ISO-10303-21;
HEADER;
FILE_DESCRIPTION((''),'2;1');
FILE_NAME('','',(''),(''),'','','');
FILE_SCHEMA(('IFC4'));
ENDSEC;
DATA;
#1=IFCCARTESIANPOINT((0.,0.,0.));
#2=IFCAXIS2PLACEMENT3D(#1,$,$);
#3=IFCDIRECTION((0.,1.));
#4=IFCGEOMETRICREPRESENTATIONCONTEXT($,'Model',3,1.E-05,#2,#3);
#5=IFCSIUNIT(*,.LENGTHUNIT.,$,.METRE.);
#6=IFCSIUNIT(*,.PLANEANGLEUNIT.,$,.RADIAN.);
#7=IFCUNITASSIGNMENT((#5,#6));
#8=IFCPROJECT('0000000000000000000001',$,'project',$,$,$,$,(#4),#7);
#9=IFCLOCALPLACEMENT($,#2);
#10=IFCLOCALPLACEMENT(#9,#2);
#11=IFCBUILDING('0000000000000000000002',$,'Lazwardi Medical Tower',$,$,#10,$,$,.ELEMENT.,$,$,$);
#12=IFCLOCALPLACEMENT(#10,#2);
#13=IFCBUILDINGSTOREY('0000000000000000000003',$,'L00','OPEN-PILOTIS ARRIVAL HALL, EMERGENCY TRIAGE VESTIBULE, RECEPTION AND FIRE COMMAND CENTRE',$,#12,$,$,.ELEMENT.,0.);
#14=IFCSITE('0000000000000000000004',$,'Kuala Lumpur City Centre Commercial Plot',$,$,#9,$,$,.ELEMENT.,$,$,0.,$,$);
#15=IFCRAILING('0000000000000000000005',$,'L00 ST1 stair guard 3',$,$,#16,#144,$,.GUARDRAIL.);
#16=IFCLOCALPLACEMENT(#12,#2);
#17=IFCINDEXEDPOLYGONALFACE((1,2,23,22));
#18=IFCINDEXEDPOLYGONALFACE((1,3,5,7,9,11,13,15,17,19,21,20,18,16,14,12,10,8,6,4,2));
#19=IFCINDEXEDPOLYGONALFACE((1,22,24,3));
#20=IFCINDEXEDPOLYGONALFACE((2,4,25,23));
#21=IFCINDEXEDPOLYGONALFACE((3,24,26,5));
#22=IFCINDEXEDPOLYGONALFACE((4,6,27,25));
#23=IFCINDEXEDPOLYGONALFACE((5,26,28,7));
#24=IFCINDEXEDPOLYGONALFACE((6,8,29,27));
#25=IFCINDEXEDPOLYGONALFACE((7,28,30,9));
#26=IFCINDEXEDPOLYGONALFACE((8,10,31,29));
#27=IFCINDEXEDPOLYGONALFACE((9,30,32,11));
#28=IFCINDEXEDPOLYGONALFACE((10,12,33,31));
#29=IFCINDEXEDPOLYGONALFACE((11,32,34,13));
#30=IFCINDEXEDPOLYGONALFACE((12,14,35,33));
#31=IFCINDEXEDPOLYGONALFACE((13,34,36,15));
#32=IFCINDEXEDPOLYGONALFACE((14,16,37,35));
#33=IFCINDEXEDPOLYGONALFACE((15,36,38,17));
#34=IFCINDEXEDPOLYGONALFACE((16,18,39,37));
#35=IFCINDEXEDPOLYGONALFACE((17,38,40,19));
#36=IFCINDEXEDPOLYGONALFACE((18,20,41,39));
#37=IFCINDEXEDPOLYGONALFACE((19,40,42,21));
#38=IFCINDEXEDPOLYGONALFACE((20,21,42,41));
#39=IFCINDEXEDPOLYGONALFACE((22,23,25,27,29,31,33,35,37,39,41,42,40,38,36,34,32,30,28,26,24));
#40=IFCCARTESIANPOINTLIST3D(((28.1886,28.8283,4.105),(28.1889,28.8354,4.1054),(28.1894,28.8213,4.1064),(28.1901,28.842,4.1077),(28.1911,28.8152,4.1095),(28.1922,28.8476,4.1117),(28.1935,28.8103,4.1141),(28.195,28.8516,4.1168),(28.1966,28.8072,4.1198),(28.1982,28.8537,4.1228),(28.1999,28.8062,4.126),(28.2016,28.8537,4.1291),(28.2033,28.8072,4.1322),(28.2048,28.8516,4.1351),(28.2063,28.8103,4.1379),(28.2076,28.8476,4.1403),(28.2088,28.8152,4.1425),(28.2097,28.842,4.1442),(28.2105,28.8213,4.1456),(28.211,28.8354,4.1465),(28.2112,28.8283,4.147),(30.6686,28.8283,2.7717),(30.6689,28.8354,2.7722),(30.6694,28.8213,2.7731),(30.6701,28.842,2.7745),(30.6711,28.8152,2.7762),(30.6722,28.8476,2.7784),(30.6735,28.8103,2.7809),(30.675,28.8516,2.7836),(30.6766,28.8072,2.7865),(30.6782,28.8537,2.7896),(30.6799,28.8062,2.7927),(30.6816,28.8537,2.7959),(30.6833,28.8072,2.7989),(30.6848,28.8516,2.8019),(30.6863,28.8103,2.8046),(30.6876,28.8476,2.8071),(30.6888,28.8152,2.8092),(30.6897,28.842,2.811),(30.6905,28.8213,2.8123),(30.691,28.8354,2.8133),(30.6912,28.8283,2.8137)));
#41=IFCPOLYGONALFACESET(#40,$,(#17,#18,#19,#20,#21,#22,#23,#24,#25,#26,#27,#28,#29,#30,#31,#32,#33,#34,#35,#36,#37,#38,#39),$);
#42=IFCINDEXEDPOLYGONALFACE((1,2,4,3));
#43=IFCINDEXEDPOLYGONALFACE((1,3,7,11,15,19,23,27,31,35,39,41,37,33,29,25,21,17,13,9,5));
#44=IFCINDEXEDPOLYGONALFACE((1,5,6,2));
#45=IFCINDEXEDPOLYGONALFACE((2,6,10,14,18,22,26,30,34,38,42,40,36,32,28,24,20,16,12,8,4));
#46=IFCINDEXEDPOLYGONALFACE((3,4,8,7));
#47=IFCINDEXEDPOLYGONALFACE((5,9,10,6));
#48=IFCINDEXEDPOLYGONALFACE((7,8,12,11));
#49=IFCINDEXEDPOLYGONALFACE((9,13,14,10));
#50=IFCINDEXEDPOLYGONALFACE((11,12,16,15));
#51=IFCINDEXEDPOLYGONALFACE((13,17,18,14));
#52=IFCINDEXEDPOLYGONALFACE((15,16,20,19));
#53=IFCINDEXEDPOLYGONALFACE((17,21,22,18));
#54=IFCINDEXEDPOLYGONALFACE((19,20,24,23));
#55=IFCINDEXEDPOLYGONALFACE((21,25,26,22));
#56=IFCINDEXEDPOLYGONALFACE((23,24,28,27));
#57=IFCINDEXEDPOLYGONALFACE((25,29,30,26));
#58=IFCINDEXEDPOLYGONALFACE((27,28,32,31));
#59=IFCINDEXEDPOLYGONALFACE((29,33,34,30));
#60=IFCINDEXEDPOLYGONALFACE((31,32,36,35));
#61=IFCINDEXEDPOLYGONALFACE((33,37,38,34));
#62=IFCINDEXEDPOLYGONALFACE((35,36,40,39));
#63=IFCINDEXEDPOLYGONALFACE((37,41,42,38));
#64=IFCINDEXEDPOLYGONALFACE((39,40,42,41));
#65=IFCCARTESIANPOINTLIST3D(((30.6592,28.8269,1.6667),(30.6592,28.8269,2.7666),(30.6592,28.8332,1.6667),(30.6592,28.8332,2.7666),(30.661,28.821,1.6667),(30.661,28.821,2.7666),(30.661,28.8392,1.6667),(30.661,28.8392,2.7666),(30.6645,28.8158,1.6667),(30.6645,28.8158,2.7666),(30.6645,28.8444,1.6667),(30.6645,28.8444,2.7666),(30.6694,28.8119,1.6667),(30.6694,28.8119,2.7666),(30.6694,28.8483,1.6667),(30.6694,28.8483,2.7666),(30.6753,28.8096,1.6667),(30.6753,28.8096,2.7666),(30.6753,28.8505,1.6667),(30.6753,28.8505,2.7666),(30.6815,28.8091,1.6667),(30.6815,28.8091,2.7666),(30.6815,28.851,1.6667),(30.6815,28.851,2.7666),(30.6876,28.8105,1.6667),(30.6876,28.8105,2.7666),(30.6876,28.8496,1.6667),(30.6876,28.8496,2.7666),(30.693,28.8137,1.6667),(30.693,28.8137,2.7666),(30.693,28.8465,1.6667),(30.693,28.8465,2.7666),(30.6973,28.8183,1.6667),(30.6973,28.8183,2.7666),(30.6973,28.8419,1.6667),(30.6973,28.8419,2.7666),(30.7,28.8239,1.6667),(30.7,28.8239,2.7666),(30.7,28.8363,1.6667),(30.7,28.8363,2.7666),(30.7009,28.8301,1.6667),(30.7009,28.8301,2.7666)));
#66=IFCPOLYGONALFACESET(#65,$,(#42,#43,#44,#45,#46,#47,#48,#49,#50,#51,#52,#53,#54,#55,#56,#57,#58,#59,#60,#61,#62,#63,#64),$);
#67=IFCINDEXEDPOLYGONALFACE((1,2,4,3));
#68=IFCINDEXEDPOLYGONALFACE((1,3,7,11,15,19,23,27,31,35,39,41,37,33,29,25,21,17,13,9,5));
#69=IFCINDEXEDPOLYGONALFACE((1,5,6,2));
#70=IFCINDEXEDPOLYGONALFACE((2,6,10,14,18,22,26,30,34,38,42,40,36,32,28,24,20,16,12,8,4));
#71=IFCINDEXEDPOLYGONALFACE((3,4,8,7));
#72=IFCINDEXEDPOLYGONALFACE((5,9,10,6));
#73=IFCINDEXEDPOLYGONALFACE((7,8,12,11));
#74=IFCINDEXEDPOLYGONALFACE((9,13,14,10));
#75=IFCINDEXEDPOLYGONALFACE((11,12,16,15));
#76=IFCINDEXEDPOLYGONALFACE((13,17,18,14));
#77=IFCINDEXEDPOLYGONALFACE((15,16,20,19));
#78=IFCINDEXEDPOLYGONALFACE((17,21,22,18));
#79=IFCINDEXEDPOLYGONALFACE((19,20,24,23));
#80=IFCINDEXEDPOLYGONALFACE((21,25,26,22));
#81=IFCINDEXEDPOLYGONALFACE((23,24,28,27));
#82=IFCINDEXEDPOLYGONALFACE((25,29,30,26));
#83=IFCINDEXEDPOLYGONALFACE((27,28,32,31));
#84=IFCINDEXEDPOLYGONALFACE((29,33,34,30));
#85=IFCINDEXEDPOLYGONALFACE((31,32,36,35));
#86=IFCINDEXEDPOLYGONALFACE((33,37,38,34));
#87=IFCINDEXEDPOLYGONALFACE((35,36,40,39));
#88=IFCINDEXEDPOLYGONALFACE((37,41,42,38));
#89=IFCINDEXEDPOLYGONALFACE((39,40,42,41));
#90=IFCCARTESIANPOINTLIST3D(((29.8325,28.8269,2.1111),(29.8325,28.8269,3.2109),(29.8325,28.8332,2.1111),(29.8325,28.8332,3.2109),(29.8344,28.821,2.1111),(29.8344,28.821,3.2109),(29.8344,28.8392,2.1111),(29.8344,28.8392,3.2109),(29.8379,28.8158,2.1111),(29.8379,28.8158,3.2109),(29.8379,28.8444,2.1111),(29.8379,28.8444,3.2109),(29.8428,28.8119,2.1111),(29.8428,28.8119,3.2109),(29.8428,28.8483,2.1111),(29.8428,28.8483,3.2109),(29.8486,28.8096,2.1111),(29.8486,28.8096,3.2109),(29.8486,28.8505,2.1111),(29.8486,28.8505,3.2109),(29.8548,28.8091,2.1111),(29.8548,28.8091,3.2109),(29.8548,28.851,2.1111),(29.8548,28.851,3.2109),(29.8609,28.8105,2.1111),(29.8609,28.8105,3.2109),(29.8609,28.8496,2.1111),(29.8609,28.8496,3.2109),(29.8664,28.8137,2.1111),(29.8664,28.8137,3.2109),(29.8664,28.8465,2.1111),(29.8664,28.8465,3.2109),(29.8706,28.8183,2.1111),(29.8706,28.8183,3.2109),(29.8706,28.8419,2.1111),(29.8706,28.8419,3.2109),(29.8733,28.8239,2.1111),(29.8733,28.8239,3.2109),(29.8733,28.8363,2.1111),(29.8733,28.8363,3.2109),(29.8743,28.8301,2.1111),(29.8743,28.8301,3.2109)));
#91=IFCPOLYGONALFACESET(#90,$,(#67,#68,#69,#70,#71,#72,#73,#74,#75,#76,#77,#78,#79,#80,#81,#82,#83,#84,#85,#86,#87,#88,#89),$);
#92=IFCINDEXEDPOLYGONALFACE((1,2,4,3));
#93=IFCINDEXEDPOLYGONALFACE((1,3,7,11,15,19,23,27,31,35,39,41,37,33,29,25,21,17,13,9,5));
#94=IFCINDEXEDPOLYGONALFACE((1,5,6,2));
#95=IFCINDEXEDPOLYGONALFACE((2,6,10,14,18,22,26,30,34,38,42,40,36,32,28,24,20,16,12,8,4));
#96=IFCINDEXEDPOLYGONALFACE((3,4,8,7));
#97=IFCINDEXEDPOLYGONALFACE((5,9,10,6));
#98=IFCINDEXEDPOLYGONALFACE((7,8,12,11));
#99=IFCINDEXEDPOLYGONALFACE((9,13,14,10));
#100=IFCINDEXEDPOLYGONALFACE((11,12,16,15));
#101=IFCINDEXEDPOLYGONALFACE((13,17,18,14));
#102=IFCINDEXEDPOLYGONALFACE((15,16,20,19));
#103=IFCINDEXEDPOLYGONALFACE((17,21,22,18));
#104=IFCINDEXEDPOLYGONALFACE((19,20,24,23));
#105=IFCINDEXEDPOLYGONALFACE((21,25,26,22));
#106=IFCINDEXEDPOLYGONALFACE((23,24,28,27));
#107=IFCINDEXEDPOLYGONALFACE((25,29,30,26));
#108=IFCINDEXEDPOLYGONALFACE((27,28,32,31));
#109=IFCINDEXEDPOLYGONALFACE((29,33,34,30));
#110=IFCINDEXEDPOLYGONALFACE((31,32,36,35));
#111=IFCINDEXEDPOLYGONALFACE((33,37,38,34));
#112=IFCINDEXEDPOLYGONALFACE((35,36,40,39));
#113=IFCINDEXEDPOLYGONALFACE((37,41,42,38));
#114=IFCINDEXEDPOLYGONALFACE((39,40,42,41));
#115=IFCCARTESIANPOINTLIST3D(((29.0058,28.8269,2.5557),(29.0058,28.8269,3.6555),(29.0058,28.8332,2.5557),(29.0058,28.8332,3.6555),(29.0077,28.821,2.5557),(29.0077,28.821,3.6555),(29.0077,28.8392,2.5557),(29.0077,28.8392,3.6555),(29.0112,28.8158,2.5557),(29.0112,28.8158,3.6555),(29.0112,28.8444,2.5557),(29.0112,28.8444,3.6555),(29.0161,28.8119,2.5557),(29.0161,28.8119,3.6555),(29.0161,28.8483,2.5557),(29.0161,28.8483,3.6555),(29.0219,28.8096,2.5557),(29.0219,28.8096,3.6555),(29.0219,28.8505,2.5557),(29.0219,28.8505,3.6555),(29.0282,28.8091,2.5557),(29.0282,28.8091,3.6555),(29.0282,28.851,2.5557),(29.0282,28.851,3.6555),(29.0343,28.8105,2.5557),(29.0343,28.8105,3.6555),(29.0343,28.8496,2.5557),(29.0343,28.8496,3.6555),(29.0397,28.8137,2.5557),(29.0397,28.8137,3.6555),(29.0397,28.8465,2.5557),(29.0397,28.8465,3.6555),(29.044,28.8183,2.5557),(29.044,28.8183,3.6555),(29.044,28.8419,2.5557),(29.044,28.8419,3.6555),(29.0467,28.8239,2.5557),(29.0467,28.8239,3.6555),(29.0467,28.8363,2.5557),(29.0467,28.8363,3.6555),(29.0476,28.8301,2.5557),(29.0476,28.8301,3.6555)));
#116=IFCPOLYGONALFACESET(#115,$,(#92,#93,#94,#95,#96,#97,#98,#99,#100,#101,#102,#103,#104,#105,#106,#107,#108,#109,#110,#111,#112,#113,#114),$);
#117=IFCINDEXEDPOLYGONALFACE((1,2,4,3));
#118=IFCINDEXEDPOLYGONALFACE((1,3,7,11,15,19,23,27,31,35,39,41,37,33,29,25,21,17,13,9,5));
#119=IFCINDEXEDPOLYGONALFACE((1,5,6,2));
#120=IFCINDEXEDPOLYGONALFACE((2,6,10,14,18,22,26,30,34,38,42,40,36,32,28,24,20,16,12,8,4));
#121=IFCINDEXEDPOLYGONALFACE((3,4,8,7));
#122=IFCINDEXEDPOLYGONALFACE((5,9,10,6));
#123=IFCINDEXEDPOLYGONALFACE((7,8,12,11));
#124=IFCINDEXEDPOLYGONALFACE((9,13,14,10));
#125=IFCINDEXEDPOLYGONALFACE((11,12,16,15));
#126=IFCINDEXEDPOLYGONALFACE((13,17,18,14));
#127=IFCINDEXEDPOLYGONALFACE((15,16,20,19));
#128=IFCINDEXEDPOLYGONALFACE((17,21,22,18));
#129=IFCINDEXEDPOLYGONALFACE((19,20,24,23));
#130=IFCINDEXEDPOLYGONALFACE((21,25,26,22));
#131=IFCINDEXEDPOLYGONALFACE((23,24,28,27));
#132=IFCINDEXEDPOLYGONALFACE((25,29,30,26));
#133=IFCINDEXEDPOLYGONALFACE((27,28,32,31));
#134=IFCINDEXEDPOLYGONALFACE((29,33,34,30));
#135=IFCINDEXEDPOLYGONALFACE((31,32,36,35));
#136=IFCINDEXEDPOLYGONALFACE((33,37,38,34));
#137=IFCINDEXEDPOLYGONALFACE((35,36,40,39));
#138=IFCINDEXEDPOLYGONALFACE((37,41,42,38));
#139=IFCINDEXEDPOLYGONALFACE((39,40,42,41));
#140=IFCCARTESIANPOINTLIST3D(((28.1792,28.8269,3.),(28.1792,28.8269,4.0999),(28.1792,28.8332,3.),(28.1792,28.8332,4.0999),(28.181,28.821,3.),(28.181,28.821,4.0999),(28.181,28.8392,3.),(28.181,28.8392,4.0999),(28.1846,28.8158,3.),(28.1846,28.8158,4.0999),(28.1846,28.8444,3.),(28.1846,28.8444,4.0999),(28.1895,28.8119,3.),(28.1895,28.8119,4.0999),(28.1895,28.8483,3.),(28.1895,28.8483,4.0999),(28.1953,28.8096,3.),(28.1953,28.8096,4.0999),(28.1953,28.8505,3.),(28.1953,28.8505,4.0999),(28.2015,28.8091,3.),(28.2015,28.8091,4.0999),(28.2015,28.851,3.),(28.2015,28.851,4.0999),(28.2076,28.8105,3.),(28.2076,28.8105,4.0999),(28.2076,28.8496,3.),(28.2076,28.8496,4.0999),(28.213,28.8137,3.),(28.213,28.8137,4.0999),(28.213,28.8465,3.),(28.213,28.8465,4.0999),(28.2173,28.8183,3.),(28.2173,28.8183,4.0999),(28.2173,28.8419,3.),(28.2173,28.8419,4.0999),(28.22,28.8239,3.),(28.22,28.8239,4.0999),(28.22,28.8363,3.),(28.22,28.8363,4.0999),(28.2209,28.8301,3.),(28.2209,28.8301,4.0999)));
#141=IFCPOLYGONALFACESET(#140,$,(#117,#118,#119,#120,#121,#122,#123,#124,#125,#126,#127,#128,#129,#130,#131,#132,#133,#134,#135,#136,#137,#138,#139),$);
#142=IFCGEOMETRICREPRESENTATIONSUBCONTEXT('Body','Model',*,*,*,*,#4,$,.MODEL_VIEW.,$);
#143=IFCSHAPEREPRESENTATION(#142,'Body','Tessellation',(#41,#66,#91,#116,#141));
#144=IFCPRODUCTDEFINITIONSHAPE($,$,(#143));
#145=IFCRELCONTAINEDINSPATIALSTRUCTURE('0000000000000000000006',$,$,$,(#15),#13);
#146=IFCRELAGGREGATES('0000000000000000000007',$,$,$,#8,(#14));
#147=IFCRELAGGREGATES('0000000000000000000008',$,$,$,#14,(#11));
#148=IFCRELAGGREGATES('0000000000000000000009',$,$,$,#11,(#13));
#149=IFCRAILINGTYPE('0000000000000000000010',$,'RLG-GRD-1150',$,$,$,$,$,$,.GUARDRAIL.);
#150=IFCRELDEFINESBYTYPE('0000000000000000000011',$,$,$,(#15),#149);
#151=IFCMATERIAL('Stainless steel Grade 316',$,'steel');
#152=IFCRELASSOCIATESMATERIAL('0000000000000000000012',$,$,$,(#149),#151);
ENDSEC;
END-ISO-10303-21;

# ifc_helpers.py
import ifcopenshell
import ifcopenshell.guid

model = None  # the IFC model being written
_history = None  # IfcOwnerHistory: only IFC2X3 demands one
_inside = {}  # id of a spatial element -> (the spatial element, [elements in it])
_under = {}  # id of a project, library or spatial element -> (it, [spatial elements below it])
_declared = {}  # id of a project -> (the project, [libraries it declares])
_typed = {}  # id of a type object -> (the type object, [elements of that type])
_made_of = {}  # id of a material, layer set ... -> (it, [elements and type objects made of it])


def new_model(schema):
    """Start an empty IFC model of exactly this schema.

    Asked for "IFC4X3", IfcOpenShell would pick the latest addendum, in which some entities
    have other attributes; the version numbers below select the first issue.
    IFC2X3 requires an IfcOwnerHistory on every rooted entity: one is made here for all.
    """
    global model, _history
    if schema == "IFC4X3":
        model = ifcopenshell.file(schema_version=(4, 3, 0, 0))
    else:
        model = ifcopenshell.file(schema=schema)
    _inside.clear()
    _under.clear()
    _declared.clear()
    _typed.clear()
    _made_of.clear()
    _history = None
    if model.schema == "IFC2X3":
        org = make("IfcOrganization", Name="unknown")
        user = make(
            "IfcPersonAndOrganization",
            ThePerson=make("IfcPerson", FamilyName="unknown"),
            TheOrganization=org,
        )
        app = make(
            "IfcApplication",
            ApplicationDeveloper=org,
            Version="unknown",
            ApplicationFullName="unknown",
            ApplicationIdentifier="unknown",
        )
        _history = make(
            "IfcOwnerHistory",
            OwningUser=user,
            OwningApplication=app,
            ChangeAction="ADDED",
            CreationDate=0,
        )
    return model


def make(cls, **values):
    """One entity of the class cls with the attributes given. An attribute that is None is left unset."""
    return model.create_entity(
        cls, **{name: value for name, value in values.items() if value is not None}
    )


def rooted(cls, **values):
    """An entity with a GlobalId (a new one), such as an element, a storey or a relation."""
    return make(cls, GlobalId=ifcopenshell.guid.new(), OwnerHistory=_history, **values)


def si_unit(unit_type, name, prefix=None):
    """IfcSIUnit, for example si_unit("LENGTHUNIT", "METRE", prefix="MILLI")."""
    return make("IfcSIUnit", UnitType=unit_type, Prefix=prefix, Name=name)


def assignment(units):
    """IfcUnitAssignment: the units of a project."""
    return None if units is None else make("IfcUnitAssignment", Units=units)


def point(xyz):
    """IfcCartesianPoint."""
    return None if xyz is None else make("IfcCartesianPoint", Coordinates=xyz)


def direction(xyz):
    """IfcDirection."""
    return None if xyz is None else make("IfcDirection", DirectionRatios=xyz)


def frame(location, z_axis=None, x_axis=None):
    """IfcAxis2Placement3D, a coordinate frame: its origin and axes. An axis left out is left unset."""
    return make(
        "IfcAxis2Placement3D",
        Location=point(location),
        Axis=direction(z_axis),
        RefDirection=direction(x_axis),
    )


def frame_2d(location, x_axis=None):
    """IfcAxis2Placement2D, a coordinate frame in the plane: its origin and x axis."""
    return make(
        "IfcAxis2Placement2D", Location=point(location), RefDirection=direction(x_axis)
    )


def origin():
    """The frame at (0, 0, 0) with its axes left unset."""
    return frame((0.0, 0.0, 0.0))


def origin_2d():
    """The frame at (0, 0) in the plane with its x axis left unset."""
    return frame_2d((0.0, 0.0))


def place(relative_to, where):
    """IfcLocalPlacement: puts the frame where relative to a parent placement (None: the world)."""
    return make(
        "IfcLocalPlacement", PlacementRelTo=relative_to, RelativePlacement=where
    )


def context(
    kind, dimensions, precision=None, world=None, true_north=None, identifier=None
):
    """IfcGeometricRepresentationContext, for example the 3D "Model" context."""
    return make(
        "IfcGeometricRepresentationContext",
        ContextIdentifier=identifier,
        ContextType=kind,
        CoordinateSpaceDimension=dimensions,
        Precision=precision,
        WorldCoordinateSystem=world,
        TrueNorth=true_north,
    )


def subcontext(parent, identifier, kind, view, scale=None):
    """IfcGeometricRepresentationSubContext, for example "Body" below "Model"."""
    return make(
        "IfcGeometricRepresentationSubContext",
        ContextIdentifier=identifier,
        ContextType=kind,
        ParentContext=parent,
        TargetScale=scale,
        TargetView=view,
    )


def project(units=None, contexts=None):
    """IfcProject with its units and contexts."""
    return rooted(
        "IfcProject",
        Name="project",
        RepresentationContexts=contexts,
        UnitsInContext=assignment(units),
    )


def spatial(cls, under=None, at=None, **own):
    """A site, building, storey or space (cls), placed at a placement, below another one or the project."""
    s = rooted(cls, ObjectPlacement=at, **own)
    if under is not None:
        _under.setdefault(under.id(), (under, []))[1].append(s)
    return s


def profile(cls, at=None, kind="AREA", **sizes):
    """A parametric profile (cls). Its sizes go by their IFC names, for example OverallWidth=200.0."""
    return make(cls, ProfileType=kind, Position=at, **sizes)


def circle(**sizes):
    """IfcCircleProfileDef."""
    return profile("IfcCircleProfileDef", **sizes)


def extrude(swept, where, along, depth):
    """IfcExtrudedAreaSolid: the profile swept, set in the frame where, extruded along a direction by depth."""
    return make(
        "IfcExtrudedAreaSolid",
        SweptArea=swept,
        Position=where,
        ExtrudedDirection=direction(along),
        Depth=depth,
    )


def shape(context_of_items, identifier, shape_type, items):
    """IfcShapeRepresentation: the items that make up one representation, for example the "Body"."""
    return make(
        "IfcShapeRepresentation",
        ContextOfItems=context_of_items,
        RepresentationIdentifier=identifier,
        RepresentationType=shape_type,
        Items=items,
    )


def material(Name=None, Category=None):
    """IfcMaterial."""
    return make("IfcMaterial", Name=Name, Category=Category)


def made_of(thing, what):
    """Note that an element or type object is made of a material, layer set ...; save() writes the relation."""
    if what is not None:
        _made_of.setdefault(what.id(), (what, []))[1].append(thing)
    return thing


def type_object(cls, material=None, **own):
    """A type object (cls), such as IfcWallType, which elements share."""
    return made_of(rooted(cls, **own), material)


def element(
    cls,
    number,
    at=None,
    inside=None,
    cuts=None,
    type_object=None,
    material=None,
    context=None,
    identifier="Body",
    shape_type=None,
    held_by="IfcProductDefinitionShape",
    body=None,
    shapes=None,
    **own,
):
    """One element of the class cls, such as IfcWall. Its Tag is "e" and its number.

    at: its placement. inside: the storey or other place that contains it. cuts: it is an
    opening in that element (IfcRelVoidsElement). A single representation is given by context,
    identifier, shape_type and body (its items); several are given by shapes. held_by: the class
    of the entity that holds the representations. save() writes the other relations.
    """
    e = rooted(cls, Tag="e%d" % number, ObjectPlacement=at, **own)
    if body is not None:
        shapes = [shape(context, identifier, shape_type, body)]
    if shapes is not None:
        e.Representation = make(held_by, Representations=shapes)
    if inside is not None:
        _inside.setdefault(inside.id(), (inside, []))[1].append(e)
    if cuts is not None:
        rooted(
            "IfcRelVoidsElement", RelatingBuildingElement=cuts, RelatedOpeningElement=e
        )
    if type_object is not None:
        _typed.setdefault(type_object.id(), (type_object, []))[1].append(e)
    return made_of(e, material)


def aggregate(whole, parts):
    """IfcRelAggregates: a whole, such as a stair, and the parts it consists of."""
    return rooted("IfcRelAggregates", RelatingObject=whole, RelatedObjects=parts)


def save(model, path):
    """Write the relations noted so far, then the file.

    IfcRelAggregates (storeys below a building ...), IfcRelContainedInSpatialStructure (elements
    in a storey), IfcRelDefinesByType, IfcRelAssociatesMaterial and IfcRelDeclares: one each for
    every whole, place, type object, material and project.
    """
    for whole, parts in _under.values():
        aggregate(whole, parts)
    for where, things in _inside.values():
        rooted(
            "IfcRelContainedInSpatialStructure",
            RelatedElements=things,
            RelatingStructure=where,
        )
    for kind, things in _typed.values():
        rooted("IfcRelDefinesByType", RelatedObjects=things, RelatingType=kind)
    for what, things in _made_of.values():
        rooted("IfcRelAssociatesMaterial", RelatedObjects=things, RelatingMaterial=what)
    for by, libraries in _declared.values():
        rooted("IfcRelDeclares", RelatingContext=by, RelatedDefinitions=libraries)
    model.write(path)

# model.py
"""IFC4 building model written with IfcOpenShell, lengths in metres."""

from ifc_helpers import new_model, si_unit, direction, frame, origin, origin_2d, place, context, subcontext, project, spatial, circle, extrude, material, type_object, element, save


model = new_model("IFC4")

# Units and contexts
model_context = context("Model", 3, precision=1e-05, world=origin(), true_north=direction((0.0, 1.0)))
body_context = subcontext(model_context, "Body", "Model", "MODEL_VIEW")
ifc_project = project(units=[si_unit("LENGTHUNIT", "METRE"), si_unit("PLANEANGLEUNIT", "RADIAN")], contexts=[model_context])

# Site, building, storey
site_placement = place(None, origin())
site = spatial("IfcSite", under=ifc_project, at=site_placement, Name="Kuala Lumpur City Centre Commercial Plot", CompositionType="ELEMENT", RefElevation=0.0)
building_placement = place(site_placement, origin())
building = spatial("IfcBuilding", under=site, at=building_placement, Name="Lazwardi Medical Tower", CompositionType="ELEMENT")
storey_placement = place(building_placement, origin())
storey = spatial("IfcBuildingStorey", under=building, at=storey_placement, Name="L00", Description="OPEN-PILOTIS ARRIVAL HALL, EMERGENCY TRIAGE VESTIBULE, RECEPTION AND FIRE COMMAND CENTRE", CompositionType="ELEMENT", Elevation=0.0)

# Railing
ifc_material_1 = material(Name="Stainless steel Grade 316", Category="steel")
railing_type_1 = type_object("IfcRailingType", Name="RLG-GRD-1150", PredefinedType="GUARDRAIL", material=ifc_material_1)
railing_1_placement = place(storey_placement, frame((30.6799, 28.8301, 1.6667)))
element("IfcRailing", 1, at=railing_1_placement, inside=storey, type_object=railing_type_1, Name="L00 ST1 stair guard 3", PredefinedType="GUARDRAIL", context=body_context, shape_type="SweptSolid", body=[
    extrude(circle(Radius=0.0239, at=origin_2d()), frame((0.0, 0.0, 1.126), z_axis=(-0.880786, 0.0, 0.473515), x_axis=(0.0, -1.0, 0.0)), (0.0, 0.0, 1.0), 2.8157),
    extrude(circle(Radius=0.021, at=origin_2d()), origin(), (0.0, 0.0, 1.0), 1.0999),
    extrude(circle(Radius=0.021, at=origin_2d()), frame((-0.8267, 0.0, 0.4443)), (0.0, 0.0, 1.0), 1.0999),
    extrude(circle(Radius=0.021, at=origin_2d()), frame((-1.6533, 0.0, 0.8889)), (0.0, 0.0, 1.0), 1.0999),
    extrude(circle(Radius=0.021, at=origin_2d()), frame((-2.48, 0.0, 1.3333)), (0.0, 0.0, 1.0), 1.0999),
])

save(model, "model.ifc")
